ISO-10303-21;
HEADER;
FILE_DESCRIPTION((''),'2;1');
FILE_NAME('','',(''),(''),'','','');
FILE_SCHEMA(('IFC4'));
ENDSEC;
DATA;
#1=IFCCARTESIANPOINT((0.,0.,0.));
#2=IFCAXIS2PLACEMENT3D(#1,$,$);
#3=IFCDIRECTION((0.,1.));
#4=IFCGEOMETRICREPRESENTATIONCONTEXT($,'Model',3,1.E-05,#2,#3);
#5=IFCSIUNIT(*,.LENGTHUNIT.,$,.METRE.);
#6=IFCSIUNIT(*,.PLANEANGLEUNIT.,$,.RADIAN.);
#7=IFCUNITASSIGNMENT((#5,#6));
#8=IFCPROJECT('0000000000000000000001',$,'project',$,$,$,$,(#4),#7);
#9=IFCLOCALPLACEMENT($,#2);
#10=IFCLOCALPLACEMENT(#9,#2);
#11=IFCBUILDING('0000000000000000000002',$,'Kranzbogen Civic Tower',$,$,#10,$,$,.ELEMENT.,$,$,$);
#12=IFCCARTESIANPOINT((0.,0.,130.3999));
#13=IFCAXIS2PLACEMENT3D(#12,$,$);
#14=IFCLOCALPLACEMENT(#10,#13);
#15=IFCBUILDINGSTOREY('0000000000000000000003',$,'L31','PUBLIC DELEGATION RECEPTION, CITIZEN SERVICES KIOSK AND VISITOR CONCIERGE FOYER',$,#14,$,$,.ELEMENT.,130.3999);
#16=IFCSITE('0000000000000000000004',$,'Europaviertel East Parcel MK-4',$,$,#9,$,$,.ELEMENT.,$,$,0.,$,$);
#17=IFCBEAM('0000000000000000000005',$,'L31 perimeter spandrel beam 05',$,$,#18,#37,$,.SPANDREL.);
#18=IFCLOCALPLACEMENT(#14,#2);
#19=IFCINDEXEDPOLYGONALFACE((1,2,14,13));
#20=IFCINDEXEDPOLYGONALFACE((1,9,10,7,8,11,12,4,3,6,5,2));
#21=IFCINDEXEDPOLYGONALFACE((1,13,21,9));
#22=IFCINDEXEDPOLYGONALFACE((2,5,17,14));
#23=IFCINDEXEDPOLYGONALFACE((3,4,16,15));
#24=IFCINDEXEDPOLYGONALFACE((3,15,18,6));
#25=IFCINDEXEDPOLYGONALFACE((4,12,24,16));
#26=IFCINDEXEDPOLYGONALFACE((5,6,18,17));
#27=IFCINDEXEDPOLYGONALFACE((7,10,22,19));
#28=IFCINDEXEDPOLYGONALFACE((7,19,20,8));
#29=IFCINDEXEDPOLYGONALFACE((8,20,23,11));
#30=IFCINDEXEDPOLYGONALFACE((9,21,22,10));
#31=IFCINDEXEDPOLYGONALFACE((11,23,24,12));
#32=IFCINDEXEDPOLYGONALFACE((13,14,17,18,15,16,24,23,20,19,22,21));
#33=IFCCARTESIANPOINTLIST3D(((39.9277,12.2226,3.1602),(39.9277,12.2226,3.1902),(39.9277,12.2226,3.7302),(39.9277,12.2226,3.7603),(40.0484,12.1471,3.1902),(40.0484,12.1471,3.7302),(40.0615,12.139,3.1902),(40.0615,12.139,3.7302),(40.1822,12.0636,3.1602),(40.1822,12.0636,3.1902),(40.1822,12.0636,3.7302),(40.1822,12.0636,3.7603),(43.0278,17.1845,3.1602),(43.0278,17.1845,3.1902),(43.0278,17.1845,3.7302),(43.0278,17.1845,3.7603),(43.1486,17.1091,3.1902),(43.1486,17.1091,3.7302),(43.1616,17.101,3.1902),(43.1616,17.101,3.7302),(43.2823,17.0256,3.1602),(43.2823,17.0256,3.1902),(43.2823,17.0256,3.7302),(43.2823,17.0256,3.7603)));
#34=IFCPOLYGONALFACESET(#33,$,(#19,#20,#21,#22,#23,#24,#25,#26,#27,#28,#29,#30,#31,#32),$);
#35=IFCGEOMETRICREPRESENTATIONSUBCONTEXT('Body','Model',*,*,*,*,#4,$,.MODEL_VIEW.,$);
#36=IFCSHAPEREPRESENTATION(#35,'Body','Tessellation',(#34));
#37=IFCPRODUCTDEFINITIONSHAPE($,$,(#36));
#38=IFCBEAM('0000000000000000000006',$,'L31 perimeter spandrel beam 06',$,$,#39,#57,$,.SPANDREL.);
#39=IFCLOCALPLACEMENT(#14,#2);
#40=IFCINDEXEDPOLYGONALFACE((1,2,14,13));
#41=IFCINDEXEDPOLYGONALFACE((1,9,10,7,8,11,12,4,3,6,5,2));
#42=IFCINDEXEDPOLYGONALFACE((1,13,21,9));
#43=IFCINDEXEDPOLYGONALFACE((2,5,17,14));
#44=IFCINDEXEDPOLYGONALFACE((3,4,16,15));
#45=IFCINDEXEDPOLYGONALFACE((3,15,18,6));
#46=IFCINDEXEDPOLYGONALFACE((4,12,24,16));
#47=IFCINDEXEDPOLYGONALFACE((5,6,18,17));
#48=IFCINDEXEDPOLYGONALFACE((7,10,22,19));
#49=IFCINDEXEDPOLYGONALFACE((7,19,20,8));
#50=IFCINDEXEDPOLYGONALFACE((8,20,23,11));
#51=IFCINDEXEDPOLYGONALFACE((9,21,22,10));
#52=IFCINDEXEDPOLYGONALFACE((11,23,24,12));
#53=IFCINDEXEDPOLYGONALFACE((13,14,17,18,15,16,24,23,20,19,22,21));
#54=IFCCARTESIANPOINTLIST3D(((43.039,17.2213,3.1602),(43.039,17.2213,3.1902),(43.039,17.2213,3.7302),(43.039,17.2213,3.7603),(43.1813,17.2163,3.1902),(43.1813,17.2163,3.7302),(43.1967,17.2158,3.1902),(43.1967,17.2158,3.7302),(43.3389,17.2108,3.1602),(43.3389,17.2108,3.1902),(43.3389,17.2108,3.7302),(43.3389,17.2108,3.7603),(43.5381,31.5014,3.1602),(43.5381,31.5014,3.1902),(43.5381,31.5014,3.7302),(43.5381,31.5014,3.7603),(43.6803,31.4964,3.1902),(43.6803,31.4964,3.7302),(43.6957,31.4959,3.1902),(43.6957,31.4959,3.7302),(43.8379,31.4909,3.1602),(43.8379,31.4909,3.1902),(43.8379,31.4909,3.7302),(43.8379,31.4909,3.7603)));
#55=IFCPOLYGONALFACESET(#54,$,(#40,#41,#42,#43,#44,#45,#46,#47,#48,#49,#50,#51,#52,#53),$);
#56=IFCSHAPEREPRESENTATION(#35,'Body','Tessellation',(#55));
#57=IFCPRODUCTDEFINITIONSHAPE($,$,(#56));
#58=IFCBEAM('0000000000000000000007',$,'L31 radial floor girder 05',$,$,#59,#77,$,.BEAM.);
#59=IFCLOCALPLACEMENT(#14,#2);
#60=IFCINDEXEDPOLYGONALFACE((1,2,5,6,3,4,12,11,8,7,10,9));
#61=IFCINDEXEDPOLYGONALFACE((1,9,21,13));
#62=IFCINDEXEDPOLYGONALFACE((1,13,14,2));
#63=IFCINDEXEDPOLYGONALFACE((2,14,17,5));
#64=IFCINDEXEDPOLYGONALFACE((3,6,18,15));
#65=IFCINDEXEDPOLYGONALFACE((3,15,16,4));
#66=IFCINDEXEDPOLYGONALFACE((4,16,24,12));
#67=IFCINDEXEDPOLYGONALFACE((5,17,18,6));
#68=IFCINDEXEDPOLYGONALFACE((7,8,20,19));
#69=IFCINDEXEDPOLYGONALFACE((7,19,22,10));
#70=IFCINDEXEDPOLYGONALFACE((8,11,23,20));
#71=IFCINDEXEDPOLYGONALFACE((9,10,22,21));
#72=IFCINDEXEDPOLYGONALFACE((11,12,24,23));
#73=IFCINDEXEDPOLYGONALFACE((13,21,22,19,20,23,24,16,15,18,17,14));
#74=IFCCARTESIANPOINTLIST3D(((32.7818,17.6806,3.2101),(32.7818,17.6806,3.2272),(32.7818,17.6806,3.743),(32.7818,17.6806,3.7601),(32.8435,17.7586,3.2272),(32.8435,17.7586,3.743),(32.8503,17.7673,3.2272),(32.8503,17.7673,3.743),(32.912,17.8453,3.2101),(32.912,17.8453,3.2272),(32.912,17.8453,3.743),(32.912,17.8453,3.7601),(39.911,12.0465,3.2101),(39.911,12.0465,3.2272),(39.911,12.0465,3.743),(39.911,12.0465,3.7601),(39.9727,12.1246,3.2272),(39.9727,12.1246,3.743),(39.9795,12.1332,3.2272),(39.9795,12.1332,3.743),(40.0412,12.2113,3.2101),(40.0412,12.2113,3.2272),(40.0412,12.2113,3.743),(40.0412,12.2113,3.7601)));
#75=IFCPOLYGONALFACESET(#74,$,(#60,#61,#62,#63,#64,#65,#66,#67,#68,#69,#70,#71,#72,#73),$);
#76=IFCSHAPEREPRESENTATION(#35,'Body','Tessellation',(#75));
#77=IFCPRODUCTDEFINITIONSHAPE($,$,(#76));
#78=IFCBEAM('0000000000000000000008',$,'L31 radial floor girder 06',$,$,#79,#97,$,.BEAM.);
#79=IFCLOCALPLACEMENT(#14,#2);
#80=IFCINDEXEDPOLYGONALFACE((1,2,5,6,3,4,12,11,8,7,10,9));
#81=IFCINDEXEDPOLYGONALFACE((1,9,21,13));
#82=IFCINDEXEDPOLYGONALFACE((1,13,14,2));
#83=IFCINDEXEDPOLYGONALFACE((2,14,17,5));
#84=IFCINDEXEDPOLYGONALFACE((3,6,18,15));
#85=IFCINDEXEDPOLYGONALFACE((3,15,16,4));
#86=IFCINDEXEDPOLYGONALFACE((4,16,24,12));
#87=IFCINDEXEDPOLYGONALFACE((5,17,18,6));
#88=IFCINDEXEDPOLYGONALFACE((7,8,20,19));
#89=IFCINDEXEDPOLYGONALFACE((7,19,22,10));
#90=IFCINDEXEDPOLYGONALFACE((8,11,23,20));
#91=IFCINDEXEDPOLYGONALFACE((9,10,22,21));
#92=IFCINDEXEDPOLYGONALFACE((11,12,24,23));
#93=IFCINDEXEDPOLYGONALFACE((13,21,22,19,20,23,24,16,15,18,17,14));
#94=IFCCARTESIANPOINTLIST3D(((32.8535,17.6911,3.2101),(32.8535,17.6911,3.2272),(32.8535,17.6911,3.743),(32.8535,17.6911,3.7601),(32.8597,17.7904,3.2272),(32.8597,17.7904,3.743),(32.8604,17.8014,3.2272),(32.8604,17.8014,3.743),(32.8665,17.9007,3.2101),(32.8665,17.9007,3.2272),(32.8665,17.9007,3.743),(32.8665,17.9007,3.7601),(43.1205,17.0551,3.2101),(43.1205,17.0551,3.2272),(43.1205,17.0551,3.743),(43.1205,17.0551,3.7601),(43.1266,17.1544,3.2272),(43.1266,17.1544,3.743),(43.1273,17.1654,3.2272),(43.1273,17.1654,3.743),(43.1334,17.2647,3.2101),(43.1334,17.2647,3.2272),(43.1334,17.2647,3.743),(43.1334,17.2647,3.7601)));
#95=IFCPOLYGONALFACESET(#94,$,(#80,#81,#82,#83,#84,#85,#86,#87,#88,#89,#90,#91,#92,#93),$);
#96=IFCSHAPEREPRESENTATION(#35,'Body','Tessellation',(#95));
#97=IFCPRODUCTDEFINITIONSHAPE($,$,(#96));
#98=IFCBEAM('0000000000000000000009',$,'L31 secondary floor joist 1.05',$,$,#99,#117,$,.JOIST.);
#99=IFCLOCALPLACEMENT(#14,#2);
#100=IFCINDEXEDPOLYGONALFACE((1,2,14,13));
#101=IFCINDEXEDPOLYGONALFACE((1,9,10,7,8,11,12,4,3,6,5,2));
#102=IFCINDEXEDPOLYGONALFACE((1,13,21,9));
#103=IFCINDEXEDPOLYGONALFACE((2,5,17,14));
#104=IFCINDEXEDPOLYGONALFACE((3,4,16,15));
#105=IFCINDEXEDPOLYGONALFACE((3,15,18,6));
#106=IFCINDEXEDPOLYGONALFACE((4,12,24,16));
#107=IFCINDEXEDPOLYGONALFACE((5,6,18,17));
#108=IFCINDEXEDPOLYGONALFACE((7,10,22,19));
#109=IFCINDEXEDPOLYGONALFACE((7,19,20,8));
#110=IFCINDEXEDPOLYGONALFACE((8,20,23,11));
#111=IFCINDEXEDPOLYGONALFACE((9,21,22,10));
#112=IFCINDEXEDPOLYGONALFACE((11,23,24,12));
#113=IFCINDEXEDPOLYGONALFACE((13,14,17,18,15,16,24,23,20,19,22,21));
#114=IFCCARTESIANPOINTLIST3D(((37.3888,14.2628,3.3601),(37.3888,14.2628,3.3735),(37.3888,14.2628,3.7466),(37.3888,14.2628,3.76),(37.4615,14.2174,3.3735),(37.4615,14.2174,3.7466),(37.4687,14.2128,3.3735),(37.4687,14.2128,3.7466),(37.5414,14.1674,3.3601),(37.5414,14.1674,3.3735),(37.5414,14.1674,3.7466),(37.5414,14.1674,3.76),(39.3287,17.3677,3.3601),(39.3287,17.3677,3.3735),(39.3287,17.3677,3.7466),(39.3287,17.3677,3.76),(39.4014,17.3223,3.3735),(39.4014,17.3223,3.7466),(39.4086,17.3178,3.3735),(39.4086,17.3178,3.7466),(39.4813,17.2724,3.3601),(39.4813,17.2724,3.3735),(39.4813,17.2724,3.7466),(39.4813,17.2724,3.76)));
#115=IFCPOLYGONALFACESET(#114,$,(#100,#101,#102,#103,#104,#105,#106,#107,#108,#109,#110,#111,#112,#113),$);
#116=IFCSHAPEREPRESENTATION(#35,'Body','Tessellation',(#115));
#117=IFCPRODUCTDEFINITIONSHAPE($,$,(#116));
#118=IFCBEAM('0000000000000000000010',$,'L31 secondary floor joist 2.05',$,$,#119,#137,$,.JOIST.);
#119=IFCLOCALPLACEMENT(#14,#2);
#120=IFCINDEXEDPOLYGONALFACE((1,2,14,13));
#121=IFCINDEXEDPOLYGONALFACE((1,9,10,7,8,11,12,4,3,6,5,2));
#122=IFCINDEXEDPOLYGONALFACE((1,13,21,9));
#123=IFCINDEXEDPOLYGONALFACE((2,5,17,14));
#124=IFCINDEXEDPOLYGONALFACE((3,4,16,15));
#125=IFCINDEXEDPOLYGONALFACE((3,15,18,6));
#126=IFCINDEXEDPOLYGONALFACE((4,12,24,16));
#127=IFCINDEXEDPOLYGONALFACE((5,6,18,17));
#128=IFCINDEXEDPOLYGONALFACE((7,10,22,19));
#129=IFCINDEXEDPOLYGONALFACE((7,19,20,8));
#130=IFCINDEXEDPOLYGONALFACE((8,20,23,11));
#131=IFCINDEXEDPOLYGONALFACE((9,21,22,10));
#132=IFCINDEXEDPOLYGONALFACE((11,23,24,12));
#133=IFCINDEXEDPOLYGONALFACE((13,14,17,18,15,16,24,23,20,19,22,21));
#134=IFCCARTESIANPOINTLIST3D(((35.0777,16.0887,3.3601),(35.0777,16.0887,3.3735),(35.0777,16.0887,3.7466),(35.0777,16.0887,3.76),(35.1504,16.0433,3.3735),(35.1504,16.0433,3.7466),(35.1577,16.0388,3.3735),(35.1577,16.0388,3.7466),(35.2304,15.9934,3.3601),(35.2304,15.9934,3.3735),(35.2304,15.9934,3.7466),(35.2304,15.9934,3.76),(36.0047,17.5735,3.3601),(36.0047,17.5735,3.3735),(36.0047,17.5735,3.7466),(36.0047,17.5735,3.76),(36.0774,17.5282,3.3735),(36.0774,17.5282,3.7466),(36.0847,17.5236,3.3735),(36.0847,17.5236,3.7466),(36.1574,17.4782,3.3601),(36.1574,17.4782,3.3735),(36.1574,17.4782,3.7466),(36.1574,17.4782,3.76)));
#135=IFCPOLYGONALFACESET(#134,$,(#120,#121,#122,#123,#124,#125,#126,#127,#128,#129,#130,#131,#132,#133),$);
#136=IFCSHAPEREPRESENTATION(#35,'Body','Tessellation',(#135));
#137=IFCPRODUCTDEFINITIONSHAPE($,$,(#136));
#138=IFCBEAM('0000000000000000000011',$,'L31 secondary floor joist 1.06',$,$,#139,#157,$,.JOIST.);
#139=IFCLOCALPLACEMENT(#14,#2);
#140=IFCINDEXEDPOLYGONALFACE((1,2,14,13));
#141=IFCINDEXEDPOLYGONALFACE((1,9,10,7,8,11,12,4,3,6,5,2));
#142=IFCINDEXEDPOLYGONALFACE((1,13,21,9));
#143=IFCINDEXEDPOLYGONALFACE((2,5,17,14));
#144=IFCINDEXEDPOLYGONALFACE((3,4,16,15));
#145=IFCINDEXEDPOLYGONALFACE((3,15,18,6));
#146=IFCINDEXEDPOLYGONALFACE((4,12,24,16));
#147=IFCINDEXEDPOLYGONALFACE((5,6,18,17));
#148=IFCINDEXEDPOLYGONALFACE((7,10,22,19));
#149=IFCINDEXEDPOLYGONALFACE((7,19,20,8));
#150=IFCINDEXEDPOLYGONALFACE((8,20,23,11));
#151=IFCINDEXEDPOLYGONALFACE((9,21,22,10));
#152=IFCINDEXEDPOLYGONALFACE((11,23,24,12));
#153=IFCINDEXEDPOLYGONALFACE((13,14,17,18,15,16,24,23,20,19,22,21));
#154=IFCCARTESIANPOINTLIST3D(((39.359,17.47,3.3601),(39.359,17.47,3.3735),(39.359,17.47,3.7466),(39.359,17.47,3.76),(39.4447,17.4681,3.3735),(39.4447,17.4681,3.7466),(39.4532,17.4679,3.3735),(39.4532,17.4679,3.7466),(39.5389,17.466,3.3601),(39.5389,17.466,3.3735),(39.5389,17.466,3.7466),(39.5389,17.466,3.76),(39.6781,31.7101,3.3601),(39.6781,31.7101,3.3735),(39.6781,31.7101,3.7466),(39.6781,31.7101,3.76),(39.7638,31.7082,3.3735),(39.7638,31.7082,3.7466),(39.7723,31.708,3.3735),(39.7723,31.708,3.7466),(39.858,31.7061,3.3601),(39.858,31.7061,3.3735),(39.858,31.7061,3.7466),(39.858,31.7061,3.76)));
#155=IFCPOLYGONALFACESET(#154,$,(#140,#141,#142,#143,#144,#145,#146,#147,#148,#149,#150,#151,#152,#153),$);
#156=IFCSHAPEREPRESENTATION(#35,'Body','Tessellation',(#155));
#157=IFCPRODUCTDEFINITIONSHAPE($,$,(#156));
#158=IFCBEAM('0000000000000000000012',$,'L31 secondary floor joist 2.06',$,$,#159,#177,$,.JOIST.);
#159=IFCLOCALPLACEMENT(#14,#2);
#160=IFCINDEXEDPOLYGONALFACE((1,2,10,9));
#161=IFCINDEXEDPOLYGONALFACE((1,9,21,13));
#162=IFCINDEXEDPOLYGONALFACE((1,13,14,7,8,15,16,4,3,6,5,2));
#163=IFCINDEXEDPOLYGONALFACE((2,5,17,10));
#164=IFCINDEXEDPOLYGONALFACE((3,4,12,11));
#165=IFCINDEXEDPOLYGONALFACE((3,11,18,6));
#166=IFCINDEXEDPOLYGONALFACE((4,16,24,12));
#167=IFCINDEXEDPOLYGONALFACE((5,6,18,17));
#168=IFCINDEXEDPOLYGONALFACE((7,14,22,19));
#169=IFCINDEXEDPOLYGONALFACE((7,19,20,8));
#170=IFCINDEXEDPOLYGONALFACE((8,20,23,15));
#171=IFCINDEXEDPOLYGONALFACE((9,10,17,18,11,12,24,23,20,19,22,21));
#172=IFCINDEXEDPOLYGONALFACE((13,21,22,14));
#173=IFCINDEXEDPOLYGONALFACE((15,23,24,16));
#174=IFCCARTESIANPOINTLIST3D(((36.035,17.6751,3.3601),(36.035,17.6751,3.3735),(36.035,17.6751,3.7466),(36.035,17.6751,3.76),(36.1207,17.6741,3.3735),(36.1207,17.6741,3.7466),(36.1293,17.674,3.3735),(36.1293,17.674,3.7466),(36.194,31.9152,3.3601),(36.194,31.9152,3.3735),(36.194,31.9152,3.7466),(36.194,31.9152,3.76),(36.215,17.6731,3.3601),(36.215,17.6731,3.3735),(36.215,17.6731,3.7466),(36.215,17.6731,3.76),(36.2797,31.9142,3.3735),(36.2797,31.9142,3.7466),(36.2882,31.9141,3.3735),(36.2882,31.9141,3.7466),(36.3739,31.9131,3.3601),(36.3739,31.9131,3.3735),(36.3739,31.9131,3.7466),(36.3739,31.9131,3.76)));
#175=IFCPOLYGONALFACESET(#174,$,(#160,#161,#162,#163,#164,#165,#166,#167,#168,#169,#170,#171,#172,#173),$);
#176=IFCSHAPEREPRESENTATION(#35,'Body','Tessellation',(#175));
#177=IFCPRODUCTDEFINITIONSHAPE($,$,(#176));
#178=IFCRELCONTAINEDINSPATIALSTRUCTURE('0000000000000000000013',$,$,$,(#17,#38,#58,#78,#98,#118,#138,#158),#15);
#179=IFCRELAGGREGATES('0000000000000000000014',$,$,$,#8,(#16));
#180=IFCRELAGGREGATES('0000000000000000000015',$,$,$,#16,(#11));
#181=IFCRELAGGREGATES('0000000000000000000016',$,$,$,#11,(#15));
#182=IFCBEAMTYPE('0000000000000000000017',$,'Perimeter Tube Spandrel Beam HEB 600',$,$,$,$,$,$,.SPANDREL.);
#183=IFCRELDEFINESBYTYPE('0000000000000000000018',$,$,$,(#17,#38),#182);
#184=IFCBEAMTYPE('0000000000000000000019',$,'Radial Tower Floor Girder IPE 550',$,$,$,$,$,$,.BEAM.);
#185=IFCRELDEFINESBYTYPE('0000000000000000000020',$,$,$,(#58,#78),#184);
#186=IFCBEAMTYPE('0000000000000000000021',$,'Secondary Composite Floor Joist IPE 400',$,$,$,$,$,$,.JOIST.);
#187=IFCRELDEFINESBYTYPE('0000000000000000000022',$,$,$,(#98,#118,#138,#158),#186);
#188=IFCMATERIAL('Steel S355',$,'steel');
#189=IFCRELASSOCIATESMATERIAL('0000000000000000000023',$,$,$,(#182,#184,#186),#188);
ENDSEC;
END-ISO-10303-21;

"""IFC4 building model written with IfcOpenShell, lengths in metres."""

from ifc_helpers import new_model, si_unit, direction, frame, origin, origin_2d, place, context, subcontext, project, spatial, i_section, extrude, material, material_profile, profile_set, type_object, element, save


model = new_model("IFC4")

# Units and contexts
model_context = context("Model", 3, precision=1e-05, world=origin(), true_north=direction((0.0, 1.0)))
body_context = subcontext(model_context, "Body", "Model", "MODEL_VIEW")
ifc_project = project(units=[si_unit("LENGTHUNIT", "METRE"), si_unit("PLANEANGLEUNIT", "RADIAN")], contexts=[model_context])

# Site, building, storey
site_placement = place(None, origin())
site = spatial("IfcSite", under=ifc_project, at=site_placement, Name="Europaviertel East Parcel MK-4", CompositionType="ELEMENT", RefElevation=0.0)
building_placement = place(site_placement, origin())
building = spatial("IfcBuilding", under=site, at=building_placement, Name="Kranzbogen Civic Tower", CompositionType="ELEMENT")
storey_placement = place(building_placement, frame((0.0, 0.0, 130.3999)))
storey = spatial("IfcBuildingStorey", under=building, at=storey_placement, Name="L31", Description="PUBLIC DELEGATION RECEPTION, CITIZEN SERVICES KIOSK AND VISITOR CONCIERGE FOYER", CompositionType="ELEMENT", Elevation=130.3999)

# Beams
ifc_material_1 = material(Name="Steel S355", Category="steel")
ifc_material_profile_1 = material_profile(ifc_material_1, i_section(OverallWidth=0.3, OverallDepth=0.6001, WebThickness=0.0154, FlangeThickness=0.03, at=origin_2d()), Name="HEB 600")
ifc_profile_set_1 = profile_set([ifc_material_profile_1], Name="Steel S355")
beam_type_1 = type_object("IfcBeamType", Name="Perimeter Tube Spandrel Beam HEB 600", PredefinedType="SPANDREL", material=ifc_profile_set_1)
beam_1_placement = place(storey_placement, frame((40.0549, 12.1431, 3.4602), z_axis=(0.529864, 0.848083, 0.0), x_axis=(-0.848083, 0.529864, 0.0)))
element("IfcBeam", 1, at=beam_1_placement, inside=storey, type_object=beam_type_1, Name="L31 perimeter spandrel beam 05", PredefinedType="SPANDREL", context=body_context, shape_type="SweptSolid", body=[
    extrude(i_section(OverallWidth=0.3, OverallDepth=0.6001, WebThickness=0.0154, FlangeThickness=0.03, at=origin_2d()), origin(), (0.0, 0.0, 1.0), 5.8508),
])
beam_2_placement = place(storey_placement, frame((43.189, 17.2161, 3.4602), z_axis=(0.034924, 0.99939, 0.0), x_axis=(-0.99939, 0.034924, 0.0)))
element("IfcBeam", 2, at=beam_2_placement, inside=storey, type_object=beam_type_1, Name="L31 perimeter spandrel beam 06", PredefinedType="SPANDREL", context=body_context, shape_type="SweptSolid", body=[
    extrude(i_section(OverallWidth=0.3, OverallDepth=0.6001, WebThickness=0.0154, FlangeThickness=0.03, at=origin_2d()), origin(), (0.0, 0.0, 1.0), 14.2888),
])
ifc_material_profile_2 = material_profile(ifc_material_1, i_section(OverallWidth=0.21, OverallDepth=0.55, WebThickness=0.011, FlangeThickness=0.0171, at=origin_2d()), Name="IPE 550")
ifc_profile_set_2 = profile_set([ifc_material_profile_2], Name="Steel S355")
beam_type_2 = type_object("IfcBeamType", Name="Radial Tower Floor Girder IPE 550", PredefinedType="BEAM", material=ifc_profile_set_2)
beam_3_placement = place(storey_placement, frame((39.9761, 12.1289, 3.4851), z_axis=(-0.784575, 0.620034, 0.0), x_axis=(-0.620034, -0.784575, 0.0)))
element("IfcBeam", 3, at=beam_3_placement, inside=storey, type_object=beam_type_2, Name="L31 radial floor girder 05", PredefinedType="BEAM", context=body_context, shape_type="SweptSolid", body=[
    extrude(i_section(OverallWidth=0.21, OverallDepth=0.55, WebThickness=0.011, FlangeThickness=0.0171, at=origin_2d()), origin(), (0.0, 0.0, 1.0), 9.0867),
])
beam_4_placement = place(storey_placement, frame((43.127, 17.1599, 3.4851), z_axis=(-0.998087, 0.061827, 0.0), x_axis=(-0.061827, -0.998087, 0.0)))
element("IfcBeam", 4, at=beam_4_placement, inside=storey, type_object=beam_type_2, Name="L31 radial floor girder 06", PredefinedType="BEAM", context=body_context, shape_type="SweptSolid", body=[
    extrude(i_section(OverallWidth=0.21, OverallDepth=0.55, WebThickness=0.011, FlangeThickness=0.0171, at=origin_2d()), origin(), (0.0, 0.0, 1.0), 10.2866),
])
ifc_material_profile_3 = material_profile(ifc_material_1, i_section(OverallWidth=0.1799, OverallDepth=0.3999, WebThickness=0.0085, FlangeThickness=0.0134, at=origin_2d()), Name="IPE 400")
ifc_profile_set_3 = profile_set([ifc_material_profile_3], Name="Steel S355")
beam_type_3 = type_object("IfcBeamType", Name="Secondary Composite Floor Joist IPE 400", PredefinedType="JOIST", material=ifc_profile_set_3)
beam_5_placement = place(storey_placement, frame((37.4651, 14.2151, 3.5601), z_axis=(0.529867, 0.848081, 0.0), x_axis=(-0.848081, 0.529867, 0.0)))
element("IfcBeam", 5, at=beam_5_placement, inside=storey, type_object=beam_type_3, Name="L31 secondary floor joist 1.05", PredefinedType="JOIST", context=body_context, shape_type="SweptSolid", body=[
    extrude(i_section(OverallWidth=0.1799, OverallDepth=0.3999, WebThickness=0.0085, FlangeThickness=0.0134, at=origin_2d()), origin(), (0.0, 0.0, 1.0), 3.6611),
])
beam_6_placement = place(storey_placement, frame((35.1541, 16.041, 3.5601), z_axis=(0.529573, 0.848265, 0.0), x_axis=(-0.848265, 0.529573, 0.0)))
element("IfcBeam", 6, at=beam_6_placement, inside=storey, type_object=beam_type_3, Name="L31 secondary floor joist 2.05", PredefinedType="JOIST", context=body_context, shape_type="SweptSolid", body=[
    extrude(i_section(OverallWidth=0.1799, OverallDepth=0.3999, WebThickness=0.0085, FlangeThickness=0.0134, at=origin_2d()), origin(), (0.0, 0.0, 1.0), 1.7505),
])
beam_7_placement = place(storey_placement, frame((39.449, 17.468, 3.5601), z_axis=(0.022403, 0.999749, 0.0), x_axis=(-0.999749, 0.022403, 0.0)))
element("IfcBeam", 7, at=beam_7_placement, inside=storey, type_object=beam_type_3, Name="L31 secondary floor joist 1.06", PredefinedType="JOIST", context=body_context, shape_type="SweptSolid", body=[
    extrude(i_section(OverallWidth=0.1799, OverallDepth=0.3999, WebThickness=0.0085, FlangeThickness=0.0134, at=origin_2d()), origin(), (0.0, 0.0, 1.0), 14.2437),
])
beam_8_placement = place(storey_placement, frame((36.125, 17.6741, 3.5601), z_axis=(0.011161, 0.999938, 0.0), x_axis=(-0.999938, 0.011161, 0.0)))
element("IfcBeam", 8, at=beam_8_placement, inside=storey, type_object=beam_type_3, Name="L31 secondary floor joist 2.06", PredefinedType="JOIST", context=body_context, shape_type="SweptSolid", body=[
    extrude(i_section(OverallWidth=0.1799, OverallDepth=0.3999, WebThickness=0.0085, FlangeThickness=0.0134, at=origin_2d()), origin(), (0.0, 0.0, 1.0), 14.241),
])

save(model, "model.ifc")
